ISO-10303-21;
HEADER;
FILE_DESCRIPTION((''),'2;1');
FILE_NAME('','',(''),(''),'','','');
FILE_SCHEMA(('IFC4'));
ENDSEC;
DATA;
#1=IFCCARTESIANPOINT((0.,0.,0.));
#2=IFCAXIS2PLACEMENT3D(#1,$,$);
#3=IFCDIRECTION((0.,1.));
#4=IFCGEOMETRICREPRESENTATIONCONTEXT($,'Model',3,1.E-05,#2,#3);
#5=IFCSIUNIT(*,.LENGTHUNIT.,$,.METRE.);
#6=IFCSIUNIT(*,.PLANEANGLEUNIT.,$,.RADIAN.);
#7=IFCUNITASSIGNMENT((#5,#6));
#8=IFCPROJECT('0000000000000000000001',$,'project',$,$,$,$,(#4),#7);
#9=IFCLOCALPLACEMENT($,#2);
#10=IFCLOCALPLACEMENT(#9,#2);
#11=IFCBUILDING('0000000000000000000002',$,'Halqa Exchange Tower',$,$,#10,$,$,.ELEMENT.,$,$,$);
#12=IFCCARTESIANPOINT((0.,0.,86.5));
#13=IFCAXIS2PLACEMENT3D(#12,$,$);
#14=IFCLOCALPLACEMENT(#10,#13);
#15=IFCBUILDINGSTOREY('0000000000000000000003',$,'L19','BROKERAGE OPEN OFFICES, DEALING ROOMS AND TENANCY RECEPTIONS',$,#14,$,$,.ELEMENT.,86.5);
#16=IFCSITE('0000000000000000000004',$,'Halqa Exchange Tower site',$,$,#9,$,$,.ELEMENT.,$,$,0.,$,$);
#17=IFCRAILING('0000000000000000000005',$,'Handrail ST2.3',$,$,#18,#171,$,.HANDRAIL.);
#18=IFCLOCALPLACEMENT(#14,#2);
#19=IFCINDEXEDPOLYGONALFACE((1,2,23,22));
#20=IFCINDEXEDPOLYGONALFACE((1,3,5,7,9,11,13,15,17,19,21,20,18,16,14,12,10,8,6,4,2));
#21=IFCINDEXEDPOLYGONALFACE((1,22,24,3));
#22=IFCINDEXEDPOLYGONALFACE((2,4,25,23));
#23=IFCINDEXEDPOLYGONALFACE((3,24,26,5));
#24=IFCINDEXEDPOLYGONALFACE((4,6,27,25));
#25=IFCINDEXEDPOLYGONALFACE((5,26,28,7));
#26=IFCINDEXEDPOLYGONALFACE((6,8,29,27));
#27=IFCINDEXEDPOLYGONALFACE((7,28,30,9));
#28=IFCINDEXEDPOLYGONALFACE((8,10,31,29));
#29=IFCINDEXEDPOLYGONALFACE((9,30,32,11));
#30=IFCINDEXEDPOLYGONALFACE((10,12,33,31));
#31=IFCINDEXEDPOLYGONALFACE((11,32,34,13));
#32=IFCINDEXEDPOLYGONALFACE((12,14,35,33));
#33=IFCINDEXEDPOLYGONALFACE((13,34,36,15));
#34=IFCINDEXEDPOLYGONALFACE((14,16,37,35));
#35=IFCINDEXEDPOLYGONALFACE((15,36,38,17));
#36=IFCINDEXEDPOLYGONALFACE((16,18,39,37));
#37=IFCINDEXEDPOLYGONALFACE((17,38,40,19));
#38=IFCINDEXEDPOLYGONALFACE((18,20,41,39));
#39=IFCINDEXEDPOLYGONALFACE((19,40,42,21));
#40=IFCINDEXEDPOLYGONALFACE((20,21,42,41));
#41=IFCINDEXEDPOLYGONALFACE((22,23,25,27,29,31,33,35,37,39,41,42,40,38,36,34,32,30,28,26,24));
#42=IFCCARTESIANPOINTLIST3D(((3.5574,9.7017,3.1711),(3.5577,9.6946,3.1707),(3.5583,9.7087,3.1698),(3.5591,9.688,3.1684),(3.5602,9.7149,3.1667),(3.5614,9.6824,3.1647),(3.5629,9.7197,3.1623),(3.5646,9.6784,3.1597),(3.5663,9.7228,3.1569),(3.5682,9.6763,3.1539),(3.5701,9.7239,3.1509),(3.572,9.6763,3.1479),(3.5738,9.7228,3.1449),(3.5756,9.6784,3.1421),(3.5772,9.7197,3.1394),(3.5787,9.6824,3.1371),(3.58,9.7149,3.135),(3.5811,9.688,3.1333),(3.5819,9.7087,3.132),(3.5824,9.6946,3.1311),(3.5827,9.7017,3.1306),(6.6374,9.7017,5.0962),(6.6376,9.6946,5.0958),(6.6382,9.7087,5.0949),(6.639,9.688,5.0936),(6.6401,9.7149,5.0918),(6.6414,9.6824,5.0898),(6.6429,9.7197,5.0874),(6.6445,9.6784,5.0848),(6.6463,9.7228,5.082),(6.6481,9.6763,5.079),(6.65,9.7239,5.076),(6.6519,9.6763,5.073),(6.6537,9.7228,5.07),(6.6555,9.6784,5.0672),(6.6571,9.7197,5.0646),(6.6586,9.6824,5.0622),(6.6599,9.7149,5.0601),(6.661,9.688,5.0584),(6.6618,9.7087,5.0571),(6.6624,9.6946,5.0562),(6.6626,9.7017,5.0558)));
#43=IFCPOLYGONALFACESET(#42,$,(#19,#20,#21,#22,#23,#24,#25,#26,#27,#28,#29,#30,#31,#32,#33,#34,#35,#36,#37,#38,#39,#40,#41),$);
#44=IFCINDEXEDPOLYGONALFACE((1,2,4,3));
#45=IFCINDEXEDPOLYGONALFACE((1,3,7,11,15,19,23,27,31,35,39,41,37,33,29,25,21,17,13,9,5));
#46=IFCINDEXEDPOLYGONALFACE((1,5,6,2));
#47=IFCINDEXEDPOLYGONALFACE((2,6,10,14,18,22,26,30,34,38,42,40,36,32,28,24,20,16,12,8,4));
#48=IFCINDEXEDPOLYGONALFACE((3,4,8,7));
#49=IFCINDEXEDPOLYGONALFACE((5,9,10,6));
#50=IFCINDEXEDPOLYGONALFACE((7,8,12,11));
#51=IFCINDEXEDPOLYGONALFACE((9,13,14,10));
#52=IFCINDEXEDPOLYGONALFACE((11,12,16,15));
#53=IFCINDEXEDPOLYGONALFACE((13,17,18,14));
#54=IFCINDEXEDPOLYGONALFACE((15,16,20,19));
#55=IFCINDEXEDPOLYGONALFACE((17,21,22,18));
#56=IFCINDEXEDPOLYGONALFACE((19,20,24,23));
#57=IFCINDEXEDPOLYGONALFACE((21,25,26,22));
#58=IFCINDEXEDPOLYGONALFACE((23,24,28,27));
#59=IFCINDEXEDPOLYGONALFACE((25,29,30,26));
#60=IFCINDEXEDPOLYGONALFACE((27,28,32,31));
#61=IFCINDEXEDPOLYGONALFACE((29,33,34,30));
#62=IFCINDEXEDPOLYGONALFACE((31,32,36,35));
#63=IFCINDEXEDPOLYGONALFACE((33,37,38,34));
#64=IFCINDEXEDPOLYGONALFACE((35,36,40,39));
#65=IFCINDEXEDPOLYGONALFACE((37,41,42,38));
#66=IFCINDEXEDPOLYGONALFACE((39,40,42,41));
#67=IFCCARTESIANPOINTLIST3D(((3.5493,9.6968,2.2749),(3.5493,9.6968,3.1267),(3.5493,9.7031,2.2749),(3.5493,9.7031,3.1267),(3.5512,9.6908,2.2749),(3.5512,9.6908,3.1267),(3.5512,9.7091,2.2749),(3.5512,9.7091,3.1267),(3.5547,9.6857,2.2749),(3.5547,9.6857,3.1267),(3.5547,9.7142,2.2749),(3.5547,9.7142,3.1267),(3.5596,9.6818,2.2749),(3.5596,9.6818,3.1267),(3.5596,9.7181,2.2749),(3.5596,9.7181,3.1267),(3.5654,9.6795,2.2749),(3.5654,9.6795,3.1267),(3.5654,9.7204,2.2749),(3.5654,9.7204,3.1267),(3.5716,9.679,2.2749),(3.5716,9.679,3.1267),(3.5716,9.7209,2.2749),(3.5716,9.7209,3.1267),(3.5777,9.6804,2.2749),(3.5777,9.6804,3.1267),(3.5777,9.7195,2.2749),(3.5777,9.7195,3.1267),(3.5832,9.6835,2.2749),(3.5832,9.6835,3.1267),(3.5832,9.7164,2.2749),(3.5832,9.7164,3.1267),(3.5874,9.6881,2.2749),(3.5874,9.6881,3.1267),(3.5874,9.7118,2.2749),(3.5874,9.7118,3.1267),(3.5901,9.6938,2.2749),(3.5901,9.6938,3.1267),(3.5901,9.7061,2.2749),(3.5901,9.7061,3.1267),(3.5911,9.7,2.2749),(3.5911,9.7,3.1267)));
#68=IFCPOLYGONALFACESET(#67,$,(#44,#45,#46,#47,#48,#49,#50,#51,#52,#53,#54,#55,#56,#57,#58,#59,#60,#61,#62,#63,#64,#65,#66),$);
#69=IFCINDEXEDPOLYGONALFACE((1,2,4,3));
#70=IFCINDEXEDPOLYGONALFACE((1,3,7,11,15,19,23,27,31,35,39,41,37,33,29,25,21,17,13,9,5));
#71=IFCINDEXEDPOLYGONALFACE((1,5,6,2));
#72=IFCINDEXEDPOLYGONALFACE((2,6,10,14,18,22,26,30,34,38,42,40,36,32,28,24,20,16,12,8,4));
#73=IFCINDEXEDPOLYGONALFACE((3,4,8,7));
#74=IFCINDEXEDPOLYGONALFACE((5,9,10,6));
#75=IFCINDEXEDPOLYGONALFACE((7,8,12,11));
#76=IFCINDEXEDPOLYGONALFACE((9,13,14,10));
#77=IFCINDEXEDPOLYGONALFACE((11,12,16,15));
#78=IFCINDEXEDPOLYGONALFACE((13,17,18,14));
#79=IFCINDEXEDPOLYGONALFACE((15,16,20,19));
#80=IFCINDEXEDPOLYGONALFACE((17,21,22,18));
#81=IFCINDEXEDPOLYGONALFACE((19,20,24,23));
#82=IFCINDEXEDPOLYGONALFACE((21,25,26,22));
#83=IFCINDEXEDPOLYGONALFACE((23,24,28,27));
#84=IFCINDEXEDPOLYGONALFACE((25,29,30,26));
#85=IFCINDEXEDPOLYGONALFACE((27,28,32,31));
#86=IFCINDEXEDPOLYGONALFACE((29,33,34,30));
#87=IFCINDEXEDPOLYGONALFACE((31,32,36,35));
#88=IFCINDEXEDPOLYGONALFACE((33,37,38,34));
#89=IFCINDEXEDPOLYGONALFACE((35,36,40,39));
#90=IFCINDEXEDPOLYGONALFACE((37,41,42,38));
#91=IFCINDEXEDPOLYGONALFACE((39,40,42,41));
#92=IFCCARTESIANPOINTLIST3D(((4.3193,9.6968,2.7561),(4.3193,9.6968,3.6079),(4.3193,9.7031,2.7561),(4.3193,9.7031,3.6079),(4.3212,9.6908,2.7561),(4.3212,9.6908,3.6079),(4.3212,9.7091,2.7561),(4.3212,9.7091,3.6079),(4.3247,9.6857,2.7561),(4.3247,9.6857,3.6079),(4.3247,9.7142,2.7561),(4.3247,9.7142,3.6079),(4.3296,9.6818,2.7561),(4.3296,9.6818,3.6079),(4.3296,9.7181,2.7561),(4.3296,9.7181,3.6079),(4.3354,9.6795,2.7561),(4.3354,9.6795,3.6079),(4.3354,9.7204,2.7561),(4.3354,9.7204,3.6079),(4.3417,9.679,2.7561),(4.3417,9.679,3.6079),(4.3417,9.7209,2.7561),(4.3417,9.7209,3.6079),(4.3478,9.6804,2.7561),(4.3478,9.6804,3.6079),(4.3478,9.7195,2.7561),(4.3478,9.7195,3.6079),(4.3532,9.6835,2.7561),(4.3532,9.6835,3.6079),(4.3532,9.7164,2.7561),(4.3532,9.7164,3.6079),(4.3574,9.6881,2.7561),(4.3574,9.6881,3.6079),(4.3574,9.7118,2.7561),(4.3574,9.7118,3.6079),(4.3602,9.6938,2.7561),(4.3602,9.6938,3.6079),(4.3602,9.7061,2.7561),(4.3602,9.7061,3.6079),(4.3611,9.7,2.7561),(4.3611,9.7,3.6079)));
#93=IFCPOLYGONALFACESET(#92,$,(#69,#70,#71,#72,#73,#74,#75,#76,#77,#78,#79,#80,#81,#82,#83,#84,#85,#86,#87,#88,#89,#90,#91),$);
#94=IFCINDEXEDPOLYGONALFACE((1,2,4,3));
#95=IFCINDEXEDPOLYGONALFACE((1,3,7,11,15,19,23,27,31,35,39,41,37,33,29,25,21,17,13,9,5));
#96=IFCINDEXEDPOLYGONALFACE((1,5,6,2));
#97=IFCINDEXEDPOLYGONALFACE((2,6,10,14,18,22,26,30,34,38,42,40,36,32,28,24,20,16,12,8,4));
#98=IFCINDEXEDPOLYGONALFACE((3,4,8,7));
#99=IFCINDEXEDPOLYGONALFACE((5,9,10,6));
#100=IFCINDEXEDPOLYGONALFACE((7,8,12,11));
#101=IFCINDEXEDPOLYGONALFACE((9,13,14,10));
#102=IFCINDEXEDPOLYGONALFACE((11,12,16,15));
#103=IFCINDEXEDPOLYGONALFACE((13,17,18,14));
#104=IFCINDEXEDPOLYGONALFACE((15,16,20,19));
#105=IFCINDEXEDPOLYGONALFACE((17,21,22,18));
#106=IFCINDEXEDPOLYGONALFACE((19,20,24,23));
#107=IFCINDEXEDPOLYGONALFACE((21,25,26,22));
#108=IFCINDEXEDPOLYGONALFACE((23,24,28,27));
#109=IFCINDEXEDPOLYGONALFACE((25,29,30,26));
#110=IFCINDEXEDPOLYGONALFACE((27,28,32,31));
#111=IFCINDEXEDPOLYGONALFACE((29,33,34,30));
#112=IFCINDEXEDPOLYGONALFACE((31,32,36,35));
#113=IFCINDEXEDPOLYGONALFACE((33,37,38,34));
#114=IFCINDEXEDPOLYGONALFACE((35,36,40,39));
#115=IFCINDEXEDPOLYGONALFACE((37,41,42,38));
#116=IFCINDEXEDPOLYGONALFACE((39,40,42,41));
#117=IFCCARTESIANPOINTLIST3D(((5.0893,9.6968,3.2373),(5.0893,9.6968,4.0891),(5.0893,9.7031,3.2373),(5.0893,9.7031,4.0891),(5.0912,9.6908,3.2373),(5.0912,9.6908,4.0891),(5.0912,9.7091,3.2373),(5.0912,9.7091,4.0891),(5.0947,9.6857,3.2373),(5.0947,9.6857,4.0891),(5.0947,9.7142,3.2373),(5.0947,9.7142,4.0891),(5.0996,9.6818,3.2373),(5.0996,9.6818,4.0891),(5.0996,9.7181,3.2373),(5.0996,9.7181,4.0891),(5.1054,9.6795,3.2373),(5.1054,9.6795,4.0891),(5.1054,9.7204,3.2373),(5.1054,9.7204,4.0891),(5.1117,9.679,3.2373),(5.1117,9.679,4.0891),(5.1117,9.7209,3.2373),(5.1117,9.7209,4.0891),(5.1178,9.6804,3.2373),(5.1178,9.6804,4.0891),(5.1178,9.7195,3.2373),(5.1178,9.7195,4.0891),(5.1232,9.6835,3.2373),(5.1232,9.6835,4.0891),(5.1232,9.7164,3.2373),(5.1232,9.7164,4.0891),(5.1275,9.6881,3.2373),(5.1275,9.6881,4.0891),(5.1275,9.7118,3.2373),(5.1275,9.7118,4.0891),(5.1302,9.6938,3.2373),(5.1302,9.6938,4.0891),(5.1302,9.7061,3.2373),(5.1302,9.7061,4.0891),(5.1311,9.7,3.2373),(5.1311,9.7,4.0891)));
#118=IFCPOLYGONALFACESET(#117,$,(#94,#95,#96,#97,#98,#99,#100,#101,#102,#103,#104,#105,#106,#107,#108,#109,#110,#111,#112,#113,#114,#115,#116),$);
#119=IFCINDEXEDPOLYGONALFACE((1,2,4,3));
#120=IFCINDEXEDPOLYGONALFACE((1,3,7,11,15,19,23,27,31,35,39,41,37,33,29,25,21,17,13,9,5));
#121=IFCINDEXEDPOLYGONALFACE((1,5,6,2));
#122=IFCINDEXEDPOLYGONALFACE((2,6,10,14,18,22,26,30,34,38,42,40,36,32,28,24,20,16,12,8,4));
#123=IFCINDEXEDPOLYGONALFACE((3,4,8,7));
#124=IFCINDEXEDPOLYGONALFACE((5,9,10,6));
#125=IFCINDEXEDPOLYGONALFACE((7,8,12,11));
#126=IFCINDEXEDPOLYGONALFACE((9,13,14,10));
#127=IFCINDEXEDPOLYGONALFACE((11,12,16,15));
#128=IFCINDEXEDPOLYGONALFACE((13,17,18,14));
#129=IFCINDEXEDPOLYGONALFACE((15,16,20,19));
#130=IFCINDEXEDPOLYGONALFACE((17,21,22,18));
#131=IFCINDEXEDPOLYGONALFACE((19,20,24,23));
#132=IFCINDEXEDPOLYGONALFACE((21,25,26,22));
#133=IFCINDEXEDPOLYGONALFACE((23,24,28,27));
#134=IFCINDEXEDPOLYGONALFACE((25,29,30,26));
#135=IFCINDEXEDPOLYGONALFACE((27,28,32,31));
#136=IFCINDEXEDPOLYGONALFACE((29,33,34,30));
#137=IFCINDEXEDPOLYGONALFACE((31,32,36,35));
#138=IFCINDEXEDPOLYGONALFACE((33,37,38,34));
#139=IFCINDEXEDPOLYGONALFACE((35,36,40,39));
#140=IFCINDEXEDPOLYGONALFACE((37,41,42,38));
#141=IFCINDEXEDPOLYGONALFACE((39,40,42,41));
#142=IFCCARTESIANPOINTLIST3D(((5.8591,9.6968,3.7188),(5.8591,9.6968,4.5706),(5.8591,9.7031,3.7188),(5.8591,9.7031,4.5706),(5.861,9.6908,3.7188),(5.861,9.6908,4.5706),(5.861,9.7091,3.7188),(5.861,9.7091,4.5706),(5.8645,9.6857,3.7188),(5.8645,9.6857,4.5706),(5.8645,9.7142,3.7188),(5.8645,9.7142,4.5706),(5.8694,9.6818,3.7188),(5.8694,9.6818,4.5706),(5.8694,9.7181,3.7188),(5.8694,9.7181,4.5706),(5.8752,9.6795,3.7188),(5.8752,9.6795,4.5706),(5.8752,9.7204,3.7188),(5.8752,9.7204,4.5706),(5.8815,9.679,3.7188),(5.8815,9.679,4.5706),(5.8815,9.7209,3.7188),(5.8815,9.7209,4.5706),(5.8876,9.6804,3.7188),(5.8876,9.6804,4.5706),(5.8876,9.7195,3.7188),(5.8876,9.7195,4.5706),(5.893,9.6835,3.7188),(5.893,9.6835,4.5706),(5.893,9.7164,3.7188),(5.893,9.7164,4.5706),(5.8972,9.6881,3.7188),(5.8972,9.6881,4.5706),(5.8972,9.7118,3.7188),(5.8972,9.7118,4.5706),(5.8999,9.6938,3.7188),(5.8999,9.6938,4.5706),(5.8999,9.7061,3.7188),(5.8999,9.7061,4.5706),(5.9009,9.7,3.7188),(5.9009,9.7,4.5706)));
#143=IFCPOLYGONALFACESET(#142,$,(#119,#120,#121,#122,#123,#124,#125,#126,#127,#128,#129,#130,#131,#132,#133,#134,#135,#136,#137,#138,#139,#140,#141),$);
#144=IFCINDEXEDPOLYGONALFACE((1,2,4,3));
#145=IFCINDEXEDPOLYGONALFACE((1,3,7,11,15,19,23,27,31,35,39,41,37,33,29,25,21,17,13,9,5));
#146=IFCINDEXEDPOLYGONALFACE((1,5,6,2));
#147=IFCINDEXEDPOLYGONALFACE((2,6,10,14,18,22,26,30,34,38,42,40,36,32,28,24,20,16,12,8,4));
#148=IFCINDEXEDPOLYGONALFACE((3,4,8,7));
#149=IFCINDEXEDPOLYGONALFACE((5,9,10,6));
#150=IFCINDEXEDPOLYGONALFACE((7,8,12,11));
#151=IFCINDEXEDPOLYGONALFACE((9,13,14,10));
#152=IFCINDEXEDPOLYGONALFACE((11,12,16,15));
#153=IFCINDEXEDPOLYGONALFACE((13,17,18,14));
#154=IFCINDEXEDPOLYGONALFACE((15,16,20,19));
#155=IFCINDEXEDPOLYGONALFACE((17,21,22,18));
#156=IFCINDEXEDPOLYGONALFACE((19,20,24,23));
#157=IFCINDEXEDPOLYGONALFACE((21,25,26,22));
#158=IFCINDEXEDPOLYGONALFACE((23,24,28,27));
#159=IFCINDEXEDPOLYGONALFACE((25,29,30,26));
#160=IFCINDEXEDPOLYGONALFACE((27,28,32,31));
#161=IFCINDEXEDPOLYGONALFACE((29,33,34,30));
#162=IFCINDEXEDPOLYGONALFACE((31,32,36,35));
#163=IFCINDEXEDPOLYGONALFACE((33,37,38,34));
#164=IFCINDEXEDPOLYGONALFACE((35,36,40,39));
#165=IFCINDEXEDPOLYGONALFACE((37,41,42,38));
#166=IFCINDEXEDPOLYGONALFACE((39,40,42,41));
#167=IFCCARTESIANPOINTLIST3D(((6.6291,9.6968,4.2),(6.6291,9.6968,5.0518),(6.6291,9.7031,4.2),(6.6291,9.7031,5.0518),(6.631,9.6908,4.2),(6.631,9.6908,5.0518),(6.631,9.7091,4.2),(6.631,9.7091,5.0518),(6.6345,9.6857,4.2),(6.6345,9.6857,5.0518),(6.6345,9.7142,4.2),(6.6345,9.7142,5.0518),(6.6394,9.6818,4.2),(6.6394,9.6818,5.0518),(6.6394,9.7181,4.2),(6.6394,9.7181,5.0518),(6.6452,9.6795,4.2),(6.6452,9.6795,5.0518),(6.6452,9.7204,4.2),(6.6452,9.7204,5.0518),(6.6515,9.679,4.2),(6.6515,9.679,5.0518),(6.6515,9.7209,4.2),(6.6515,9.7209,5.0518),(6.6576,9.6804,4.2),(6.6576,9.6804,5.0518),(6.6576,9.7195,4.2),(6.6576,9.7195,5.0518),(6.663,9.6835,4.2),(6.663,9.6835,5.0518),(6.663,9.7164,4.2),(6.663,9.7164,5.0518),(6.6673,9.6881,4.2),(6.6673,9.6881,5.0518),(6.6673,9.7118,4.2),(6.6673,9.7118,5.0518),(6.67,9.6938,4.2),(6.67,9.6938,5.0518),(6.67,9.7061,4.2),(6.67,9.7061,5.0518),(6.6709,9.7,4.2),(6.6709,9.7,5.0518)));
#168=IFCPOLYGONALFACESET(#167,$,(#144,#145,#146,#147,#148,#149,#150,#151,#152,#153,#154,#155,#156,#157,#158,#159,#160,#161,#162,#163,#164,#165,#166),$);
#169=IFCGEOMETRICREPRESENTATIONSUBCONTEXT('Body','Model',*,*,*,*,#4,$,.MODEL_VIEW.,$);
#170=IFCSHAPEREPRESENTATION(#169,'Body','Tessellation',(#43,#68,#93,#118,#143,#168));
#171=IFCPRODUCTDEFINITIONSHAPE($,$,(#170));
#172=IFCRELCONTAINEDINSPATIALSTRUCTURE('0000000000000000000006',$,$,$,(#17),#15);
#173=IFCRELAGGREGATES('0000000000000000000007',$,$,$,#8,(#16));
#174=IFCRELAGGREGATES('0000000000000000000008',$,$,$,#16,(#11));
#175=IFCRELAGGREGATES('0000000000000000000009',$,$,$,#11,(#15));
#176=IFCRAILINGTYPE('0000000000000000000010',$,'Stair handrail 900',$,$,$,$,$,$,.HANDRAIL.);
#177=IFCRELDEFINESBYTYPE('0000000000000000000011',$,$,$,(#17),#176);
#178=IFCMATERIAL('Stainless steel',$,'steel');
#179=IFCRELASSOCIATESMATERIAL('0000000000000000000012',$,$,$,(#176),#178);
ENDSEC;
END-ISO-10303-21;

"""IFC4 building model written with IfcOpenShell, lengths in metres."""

from ifc_helpers import new_model, si_unit, direction, frame, origin, origin_2d, place, context, subcontext, project, spatial, circle, extrude, material, type_object, element, save


model = new_model("IFC4")

# Units and contexts
model_context = context("Model", 3, precision=1e-05, world=origin(), true_north=direction((0.0, 1.0)))
body_context = subcontext(model_context, "Body", "Model", "MODEL_VIEW")
ifc_project = project(units=[si_unit("LENGTHUNIT", "METRE"), si_unit("PLANEANGLEUNIT", "RADIAN")], contexts=[model_context])

# Site, building, storey
site_placement = place(None, origin())
site = spatial("IfcSite", under=ifc_project, at=site_placement, Name="Halqa Exchange Tower site", CompositionType="ELEMENT", RefElevation=0.0)
building_placement = place(site_placement, origin())
building = spatial("IfcBuilding", under=site, at=building_placement, Name="Halqa Exchange Tower", CompositionType="ELEMENT")
storey_placement = place(building_placement, frame((0.0, 0.0, 86.5)))
storey = spatial("IfcBuildingStorey", under=building, at=storey_placement, Name="L19", Description="BROKERAGE OPEN OFFICES, DEALING ROOMS AND TENANCY RECEPTIONS", CompositionType="ELEMENT", Elevation=86.5)

# Railing
ifc_material_1 = material(Name="Stainless steel", Category="steel")
railing_type_1 = type_object("IfcRailingType", Name="Stair handrail 900", PredefinedType="HANDRAIL", material=ifc_material_1)
railing_1_placement = place(storey_placement, frame((3.5701, 9.7, 2.2749)))
element("IfcRailing", 1, at=railing_1_placement, inside=storey, type_object=railing_type_1, Name="Handrail ST2.3", PredefinedType="HANDRAIL", context=body_context, shape_type="SweptSolid", body=[
    extrude(circle(Radius=0.0239, at=origin_2d()), frame((0.0, 0.0, 0.876), z_axis=(0.847979, 0.0, 0.530029), x_axis=(0.0, 1.0, 0.0)), (0.0, 0.0, 1.0), 3.6321),
    extrude(circle(Radius=0.021, at=origin_2d()), origin(), (0.0, 0.0, 1.0), 0.8518),
    extrude(circle(Radius=0.021, at=origin_2d()), frame((0.77, 0.0, 0.4812)), (0.0, 0.0, 1.0), 0.8518),
    extrude(circle(Radius=0.021, at=origin_2d()), frame((1.54, 0.0, 0.9624)), (0.0, 0.0, 1.0), 0.8518),
    extrude(circle(Radius=0.021, at=origin_2d()), frame((2.3098, 0.0, 1.4438)), (0.0, 0.0, 1.0), 0.8518),
    extrude(circle(Radius=0.021, at=origin_2d()), frame((3.0798, 0.0, 1.925)), (0.0, 0.0, 1.0), 0.8518),
])

save(model, "model.ifc")
